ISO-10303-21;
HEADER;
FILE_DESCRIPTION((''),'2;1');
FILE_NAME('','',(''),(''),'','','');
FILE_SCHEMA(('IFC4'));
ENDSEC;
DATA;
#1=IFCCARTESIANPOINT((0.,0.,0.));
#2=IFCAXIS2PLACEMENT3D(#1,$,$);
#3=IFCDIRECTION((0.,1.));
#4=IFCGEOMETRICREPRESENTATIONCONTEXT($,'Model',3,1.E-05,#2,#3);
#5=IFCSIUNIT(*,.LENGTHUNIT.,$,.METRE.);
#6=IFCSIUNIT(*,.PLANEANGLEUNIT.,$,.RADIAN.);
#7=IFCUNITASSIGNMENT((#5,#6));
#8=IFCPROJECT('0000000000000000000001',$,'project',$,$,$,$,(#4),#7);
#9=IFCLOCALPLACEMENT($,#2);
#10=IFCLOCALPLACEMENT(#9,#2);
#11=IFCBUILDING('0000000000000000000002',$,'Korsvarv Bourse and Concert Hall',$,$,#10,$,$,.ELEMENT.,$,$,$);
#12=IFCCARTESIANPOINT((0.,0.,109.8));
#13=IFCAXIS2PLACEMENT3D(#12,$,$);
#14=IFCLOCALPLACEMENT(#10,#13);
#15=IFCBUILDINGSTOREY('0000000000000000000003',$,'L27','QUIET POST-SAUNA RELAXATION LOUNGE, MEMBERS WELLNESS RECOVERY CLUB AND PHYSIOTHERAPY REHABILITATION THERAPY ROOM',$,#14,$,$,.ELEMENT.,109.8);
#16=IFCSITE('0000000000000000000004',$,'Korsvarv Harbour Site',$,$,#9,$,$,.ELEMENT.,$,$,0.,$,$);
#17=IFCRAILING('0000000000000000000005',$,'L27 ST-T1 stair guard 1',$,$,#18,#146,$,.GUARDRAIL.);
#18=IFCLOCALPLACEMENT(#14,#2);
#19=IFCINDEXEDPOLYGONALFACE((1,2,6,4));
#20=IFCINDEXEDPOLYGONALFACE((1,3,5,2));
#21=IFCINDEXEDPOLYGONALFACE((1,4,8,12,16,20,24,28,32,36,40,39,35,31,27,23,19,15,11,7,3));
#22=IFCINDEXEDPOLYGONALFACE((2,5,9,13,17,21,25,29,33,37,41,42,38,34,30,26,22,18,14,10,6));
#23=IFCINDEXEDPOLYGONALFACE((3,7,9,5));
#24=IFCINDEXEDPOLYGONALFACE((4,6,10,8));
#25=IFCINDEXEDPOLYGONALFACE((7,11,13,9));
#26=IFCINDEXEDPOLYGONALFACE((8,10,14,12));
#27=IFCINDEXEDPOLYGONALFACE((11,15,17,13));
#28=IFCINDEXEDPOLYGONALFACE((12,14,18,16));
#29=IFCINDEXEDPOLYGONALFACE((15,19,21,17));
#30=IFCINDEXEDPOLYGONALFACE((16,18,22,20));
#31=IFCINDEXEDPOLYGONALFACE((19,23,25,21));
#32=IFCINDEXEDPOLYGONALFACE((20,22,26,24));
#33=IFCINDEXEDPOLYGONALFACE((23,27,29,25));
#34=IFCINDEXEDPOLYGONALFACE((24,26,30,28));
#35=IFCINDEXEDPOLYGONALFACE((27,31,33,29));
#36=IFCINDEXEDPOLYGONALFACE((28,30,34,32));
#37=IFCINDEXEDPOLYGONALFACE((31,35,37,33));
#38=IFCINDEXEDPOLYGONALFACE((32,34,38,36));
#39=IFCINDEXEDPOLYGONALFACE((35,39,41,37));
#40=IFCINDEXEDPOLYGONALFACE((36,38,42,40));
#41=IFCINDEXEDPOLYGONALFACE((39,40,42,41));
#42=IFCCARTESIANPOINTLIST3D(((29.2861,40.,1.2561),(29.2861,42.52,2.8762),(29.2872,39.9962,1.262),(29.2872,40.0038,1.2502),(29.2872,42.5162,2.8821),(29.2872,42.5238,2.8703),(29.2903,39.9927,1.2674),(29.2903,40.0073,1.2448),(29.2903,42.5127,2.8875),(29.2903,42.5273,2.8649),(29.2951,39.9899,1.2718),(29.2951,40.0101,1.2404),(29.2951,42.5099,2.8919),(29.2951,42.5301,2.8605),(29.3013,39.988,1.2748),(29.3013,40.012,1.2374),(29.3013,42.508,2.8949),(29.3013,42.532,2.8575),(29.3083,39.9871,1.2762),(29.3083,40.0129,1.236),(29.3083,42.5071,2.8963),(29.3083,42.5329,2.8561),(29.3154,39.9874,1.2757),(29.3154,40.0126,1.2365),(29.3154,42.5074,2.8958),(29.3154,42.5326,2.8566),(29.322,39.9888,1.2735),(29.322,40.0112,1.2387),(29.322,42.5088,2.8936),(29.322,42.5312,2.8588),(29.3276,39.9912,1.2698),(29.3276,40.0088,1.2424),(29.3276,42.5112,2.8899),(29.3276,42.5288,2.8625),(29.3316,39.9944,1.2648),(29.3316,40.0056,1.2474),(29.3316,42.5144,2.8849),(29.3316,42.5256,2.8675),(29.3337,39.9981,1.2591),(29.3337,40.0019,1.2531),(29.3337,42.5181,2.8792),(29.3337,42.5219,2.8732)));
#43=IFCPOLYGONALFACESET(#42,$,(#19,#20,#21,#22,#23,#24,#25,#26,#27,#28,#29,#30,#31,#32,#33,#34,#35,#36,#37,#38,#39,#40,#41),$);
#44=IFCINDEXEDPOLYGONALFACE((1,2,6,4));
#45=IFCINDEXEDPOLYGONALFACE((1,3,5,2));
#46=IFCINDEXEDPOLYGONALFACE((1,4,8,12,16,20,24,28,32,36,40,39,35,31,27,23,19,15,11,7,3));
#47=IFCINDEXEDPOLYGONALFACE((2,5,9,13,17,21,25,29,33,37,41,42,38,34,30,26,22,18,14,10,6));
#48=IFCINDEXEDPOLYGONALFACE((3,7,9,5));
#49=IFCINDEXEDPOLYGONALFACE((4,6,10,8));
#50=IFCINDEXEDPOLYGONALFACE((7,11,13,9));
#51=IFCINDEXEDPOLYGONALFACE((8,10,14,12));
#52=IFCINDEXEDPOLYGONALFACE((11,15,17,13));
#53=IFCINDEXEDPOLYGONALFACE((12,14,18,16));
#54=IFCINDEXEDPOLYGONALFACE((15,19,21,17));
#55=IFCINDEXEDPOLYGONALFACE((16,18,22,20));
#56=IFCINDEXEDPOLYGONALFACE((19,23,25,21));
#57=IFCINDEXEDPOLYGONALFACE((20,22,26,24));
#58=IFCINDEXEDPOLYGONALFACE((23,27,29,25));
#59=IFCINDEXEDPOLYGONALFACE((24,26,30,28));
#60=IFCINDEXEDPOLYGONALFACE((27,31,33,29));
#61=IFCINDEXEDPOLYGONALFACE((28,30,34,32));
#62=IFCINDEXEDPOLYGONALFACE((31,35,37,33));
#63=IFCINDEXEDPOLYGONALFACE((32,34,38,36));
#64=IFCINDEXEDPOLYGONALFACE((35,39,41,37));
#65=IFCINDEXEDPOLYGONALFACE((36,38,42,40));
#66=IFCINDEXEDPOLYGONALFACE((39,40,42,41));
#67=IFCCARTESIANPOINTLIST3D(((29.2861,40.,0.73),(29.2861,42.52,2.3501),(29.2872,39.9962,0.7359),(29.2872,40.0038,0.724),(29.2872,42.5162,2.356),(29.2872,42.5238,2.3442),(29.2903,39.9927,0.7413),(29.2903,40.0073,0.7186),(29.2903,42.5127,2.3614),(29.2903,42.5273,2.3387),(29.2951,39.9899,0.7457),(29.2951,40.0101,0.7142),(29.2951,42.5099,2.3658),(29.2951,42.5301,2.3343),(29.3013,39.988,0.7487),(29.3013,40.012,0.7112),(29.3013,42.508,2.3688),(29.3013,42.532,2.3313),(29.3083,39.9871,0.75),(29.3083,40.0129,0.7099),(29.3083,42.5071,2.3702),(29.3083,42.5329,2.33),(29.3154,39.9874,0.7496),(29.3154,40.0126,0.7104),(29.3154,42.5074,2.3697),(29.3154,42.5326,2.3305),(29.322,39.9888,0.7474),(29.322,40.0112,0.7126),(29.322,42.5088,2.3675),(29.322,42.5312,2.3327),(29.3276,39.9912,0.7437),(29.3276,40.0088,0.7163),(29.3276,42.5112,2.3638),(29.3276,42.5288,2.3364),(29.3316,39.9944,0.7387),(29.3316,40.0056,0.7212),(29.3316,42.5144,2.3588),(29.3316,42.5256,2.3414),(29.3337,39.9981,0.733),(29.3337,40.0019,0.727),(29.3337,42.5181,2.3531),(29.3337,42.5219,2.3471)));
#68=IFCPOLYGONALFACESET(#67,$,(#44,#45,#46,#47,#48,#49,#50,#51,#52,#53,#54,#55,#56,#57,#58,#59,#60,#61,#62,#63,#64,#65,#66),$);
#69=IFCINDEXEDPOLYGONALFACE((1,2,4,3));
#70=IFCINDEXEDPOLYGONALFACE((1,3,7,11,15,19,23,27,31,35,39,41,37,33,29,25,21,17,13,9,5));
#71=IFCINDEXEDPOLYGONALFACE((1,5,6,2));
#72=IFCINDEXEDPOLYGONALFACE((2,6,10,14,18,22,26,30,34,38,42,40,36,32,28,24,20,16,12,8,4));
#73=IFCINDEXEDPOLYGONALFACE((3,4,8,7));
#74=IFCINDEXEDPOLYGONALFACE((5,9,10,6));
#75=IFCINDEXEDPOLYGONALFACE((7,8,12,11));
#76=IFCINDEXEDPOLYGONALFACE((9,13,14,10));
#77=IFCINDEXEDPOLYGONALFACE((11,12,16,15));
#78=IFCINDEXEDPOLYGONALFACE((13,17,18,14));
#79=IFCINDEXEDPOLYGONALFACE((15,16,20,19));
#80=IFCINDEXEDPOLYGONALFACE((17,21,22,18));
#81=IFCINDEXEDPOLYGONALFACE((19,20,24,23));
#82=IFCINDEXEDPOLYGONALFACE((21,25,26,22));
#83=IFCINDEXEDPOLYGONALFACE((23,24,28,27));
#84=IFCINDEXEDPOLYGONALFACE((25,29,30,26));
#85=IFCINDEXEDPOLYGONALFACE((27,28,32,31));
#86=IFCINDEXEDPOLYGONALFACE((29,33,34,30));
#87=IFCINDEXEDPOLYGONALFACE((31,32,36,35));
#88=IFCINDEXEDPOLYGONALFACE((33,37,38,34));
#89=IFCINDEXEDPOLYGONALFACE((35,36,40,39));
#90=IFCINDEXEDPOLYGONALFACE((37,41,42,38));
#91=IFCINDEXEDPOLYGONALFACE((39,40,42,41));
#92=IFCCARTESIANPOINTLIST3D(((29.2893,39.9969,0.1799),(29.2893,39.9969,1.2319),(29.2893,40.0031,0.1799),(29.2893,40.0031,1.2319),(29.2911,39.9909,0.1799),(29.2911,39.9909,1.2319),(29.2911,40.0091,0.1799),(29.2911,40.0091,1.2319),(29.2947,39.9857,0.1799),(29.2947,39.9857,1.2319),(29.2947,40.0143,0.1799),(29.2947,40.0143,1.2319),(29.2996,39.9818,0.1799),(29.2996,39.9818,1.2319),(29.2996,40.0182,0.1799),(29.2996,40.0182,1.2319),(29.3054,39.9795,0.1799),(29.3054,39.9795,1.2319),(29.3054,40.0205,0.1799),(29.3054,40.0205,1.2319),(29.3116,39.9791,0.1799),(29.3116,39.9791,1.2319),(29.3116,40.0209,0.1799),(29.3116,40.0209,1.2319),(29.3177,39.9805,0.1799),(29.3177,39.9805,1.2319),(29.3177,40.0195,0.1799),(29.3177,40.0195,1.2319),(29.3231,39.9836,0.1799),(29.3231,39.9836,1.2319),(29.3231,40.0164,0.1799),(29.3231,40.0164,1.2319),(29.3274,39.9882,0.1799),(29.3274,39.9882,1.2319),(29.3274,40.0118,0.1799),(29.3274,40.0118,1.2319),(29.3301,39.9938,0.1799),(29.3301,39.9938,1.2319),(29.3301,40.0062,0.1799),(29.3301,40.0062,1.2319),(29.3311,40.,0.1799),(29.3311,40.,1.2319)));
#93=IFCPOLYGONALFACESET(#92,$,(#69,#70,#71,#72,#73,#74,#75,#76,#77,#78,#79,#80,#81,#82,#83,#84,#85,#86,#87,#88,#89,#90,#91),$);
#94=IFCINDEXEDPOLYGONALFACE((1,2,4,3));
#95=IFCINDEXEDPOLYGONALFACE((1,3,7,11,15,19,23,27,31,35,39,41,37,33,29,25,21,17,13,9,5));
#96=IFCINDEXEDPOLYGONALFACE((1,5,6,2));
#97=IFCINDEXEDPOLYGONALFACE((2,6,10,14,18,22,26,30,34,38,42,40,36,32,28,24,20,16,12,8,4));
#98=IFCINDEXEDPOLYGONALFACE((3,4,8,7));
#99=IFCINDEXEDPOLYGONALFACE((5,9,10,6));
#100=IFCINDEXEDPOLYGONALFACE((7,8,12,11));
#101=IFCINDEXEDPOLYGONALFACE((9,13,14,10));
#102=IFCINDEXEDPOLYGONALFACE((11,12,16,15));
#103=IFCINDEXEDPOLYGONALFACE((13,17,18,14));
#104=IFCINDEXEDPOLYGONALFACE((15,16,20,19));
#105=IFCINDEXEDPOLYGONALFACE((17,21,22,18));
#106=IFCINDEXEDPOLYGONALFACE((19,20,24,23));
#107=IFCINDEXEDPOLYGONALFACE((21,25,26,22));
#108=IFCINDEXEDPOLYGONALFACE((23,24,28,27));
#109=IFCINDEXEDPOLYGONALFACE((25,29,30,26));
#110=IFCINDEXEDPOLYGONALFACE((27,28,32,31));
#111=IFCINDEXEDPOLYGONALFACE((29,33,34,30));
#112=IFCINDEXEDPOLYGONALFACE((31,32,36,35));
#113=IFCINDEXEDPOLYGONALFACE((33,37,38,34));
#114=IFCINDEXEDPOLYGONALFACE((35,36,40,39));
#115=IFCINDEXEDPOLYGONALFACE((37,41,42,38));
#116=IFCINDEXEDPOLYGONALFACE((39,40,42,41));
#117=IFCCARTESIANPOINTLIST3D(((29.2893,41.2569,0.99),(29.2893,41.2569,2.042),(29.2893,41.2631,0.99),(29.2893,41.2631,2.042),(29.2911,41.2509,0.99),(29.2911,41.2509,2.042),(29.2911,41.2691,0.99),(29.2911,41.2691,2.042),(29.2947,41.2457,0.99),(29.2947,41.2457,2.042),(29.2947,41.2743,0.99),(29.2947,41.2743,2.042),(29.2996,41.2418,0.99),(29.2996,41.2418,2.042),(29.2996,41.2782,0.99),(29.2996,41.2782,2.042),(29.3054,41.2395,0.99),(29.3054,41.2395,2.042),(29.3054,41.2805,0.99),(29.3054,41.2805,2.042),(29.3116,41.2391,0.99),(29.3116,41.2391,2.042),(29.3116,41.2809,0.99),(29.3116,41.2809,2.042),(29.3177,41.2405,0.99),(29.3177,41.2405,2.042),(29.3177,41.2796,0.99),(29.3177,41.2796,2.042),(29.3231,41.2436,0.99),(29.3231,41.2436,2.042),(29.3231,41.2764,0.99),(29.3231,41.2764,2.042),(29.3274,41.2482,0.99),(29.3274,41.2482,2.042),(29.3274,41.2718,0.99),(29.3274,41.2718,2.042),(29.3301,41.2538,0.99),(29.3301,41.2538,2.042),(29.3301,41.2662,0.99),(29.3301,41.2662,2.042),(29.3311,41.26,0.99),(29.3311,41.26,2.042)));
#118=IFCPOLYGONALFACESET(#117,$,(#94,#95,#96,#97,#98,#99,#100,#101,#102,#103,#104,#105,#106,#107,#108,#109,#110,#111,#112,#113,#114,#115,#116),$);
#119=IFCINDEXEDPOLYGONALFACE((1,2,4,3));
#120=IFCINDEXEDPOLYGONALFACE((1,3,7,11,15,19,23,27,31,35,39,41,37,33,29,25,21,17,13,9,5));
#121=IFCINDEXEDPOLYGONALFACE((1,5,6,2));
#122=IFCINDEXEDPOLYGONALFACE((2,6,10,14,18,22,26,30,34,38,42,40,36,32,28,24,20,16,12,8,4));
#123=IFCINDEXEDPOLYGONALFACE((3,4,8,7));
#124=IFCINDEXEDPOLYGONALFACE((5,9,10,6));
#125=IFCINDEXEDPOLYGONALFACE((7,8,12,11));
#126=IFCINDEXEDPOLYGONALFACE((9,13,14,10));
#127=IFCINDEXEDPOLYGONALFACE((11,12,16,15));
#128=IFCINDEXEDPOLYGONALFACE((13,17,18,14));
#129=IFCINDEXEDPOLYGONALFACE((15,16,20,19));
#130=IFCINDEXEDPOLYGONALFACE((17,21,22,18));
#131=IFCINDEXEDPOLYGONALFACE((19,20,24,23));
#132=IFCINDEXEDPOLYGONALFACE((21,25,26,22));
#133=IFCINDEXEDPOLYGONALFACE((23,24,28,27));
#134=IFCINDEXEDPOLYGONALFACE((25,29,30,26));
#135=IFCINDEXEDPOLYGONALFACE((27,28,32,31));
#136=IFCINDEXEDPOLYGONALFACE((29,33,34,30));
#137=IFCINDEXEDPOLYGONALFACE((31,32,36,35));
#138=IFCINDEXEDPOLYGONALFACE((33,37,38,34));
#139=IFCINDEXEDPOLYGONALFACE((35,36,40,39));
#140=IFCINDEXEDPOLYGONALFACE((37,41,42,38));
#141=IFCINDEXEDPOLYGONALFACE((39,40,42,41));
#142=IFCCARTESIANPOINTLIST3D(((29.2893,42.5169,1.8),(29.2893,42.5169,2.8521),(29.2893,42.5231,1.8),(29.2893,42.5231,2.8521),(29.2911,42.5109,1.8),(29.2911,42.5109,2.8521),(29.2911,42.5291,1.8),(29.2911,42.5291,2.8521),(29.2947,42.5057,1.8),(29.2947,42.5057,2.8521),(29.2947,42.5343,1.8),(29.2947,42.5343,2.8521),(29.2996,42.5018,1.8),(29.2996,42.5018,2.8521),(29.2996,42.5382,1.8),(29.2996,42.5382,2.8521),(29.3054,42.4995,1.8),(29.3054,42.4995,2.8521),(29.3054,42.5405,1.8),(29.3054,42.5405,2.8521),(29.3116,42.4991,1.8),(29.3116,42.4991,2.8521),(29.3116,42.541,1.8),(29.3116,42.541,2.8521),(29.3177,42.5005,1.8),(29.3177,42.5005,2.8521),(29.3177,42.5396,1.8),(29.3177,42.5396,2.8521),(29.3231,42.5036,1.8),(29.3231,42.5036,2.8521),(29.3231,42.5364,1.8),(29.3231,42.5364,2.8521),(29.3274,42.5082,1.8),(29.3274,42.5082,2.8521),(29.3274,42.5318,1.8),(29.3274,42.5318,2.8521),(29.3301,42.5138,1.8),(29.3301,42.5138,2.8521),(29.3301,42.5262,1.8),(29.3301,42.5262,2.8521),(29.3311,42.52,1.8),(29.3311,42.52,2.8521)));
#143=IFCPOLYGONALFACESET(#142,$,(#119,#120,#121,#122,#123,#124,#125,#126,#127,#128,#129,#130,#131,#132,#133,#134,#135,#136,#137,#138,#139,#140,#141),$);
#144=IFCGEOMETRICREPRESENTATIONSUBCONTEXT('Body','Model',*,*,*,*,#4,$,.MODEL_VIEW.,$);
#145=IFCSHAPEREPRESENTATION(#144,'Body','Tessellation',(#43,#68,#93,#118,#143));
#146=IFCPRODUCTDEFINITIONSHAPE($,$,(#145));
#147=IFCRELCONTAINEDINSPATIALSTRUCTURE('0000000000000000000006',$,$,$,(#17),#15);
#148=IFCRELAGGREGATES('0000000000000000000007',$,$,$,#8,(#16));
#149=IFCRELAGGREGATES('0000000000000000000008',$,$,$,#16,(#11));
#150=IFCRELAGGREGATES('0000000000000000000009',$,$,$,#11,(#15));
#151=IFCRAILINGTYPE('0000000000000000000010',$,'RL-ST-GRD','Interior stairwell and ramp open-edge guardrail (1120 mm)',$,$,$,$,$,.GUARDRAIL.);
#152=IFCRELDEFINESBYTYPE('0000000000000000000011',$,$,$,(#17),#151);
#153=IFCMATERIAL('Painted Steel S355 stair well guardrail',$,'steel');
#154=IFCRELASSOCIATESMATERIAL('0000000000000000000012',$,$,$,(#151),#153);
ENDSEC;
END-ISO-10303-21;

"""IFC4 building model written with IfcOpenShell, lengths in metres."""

from ifc_helpers import new_model, si_unit, direction, frame, origin, origin_2d, place, context, subcontext, project, spatial, circle, extrude, material, type_object, element, save


model = new_model("IFC4")

# Units and contexts
model_context = context("Model", 3, precision=1e-05, world=origin(), true_north=direction((0.0, 1.0)))
body_context = subcontext(model_context, "Body", "Model", "MODEL_VIEW")
ifc_project = project(units=[si_unit("LENGTHUNIT", "METRE"), si_unit("PLANEANGLEUNIT", "RADIAN")], contexts=[model_context])

# Site, building, storey
site_placement = place(None, origin())
site = spatial("IfcSite", under=ifc_project, at=site_placement, Name="Korsvarv Harbour Site", CompositionType="ELEMENT", RefElevation=0.0)
building_placement = place(site_placement, origin())
building = spatial("IfcBuilding", under=site, at=building_placement, Name="Korsvarv Bourse and Concert Hall", CompositionType="ELEMENT")
storey_placement = place(building_placement, frame((0.0, 0.0, 109.8)))
storey = spatial("IfcBuildingStorey", under=building, at=storey_placement, Name="L27", Description="QUIET POST-SAUNA RELAXATION LOUNGE, MEMBERS WELLNESS RECOVERY CLUB AND PHYSIOTHERAPY REHABILITATION THERAPY ROOM", CompositionType="ELEMENT", Elevation=109.8)

# Railing
ifc_material_1 = material(Name="Painted Steel S355 stair well guardrail", Category="steel")
railing_type_1 = type_object("IfcRailingType", Name="RL-ST-GRD", Description="Interior stairwell and ramp open-edge guardrail (1120 mm)", PredefinedType="GUARDRAIL", material=ifc_material_1)
railing_1_placement = place(storey_placement, frame((29.3101, 40.0, 0.1799)))
element("IfcRailing", 1, at=railing_1_placement, inside=storey, type_object=railing_type_1, Name="L27 ST-T1 stair guard 1", PredefinedType="GUARDRAIL", context=body_context, shape_type="SweptSolid", body=[
    extrude(circle(Radius=0.0239, at=origin_2d()), frame((0.0, 0.0, 1.0762), z_axis=(0.0, 0.841163, 0.540782), x_axis=(-1.0, 0.0, 0.0)), (0.0, 0.0, 1.0), 2.9958),
    extrude(circle(Radius=0.0239, at=origin_2d()), frame((0.0, 0.0, 0.55), z_axis=(0.0, 0.841163, 0.540782), x_axis=(-1.0, 0.0, 0.0)), (0.0, 0.0, 1.0), 2.9958),
    extrude(circle(Radius=0.021, at=origin_2d()), origin(), (0.0, 0.0, 1.0), 1.052),
    extrude(circle(Radius=0.021, at=origin_2d()), frame((0.0, 1.26, 0.8101)), (0.0, 0.0, 1.0), 1.052),
    extrude(circle(Radius=0.021, at=origin_2d()), frame((0.0, 2.52, 1.6201)), (0.0, 0.0, 1.0), 1.052),
])

save(model, "model.ifc")
